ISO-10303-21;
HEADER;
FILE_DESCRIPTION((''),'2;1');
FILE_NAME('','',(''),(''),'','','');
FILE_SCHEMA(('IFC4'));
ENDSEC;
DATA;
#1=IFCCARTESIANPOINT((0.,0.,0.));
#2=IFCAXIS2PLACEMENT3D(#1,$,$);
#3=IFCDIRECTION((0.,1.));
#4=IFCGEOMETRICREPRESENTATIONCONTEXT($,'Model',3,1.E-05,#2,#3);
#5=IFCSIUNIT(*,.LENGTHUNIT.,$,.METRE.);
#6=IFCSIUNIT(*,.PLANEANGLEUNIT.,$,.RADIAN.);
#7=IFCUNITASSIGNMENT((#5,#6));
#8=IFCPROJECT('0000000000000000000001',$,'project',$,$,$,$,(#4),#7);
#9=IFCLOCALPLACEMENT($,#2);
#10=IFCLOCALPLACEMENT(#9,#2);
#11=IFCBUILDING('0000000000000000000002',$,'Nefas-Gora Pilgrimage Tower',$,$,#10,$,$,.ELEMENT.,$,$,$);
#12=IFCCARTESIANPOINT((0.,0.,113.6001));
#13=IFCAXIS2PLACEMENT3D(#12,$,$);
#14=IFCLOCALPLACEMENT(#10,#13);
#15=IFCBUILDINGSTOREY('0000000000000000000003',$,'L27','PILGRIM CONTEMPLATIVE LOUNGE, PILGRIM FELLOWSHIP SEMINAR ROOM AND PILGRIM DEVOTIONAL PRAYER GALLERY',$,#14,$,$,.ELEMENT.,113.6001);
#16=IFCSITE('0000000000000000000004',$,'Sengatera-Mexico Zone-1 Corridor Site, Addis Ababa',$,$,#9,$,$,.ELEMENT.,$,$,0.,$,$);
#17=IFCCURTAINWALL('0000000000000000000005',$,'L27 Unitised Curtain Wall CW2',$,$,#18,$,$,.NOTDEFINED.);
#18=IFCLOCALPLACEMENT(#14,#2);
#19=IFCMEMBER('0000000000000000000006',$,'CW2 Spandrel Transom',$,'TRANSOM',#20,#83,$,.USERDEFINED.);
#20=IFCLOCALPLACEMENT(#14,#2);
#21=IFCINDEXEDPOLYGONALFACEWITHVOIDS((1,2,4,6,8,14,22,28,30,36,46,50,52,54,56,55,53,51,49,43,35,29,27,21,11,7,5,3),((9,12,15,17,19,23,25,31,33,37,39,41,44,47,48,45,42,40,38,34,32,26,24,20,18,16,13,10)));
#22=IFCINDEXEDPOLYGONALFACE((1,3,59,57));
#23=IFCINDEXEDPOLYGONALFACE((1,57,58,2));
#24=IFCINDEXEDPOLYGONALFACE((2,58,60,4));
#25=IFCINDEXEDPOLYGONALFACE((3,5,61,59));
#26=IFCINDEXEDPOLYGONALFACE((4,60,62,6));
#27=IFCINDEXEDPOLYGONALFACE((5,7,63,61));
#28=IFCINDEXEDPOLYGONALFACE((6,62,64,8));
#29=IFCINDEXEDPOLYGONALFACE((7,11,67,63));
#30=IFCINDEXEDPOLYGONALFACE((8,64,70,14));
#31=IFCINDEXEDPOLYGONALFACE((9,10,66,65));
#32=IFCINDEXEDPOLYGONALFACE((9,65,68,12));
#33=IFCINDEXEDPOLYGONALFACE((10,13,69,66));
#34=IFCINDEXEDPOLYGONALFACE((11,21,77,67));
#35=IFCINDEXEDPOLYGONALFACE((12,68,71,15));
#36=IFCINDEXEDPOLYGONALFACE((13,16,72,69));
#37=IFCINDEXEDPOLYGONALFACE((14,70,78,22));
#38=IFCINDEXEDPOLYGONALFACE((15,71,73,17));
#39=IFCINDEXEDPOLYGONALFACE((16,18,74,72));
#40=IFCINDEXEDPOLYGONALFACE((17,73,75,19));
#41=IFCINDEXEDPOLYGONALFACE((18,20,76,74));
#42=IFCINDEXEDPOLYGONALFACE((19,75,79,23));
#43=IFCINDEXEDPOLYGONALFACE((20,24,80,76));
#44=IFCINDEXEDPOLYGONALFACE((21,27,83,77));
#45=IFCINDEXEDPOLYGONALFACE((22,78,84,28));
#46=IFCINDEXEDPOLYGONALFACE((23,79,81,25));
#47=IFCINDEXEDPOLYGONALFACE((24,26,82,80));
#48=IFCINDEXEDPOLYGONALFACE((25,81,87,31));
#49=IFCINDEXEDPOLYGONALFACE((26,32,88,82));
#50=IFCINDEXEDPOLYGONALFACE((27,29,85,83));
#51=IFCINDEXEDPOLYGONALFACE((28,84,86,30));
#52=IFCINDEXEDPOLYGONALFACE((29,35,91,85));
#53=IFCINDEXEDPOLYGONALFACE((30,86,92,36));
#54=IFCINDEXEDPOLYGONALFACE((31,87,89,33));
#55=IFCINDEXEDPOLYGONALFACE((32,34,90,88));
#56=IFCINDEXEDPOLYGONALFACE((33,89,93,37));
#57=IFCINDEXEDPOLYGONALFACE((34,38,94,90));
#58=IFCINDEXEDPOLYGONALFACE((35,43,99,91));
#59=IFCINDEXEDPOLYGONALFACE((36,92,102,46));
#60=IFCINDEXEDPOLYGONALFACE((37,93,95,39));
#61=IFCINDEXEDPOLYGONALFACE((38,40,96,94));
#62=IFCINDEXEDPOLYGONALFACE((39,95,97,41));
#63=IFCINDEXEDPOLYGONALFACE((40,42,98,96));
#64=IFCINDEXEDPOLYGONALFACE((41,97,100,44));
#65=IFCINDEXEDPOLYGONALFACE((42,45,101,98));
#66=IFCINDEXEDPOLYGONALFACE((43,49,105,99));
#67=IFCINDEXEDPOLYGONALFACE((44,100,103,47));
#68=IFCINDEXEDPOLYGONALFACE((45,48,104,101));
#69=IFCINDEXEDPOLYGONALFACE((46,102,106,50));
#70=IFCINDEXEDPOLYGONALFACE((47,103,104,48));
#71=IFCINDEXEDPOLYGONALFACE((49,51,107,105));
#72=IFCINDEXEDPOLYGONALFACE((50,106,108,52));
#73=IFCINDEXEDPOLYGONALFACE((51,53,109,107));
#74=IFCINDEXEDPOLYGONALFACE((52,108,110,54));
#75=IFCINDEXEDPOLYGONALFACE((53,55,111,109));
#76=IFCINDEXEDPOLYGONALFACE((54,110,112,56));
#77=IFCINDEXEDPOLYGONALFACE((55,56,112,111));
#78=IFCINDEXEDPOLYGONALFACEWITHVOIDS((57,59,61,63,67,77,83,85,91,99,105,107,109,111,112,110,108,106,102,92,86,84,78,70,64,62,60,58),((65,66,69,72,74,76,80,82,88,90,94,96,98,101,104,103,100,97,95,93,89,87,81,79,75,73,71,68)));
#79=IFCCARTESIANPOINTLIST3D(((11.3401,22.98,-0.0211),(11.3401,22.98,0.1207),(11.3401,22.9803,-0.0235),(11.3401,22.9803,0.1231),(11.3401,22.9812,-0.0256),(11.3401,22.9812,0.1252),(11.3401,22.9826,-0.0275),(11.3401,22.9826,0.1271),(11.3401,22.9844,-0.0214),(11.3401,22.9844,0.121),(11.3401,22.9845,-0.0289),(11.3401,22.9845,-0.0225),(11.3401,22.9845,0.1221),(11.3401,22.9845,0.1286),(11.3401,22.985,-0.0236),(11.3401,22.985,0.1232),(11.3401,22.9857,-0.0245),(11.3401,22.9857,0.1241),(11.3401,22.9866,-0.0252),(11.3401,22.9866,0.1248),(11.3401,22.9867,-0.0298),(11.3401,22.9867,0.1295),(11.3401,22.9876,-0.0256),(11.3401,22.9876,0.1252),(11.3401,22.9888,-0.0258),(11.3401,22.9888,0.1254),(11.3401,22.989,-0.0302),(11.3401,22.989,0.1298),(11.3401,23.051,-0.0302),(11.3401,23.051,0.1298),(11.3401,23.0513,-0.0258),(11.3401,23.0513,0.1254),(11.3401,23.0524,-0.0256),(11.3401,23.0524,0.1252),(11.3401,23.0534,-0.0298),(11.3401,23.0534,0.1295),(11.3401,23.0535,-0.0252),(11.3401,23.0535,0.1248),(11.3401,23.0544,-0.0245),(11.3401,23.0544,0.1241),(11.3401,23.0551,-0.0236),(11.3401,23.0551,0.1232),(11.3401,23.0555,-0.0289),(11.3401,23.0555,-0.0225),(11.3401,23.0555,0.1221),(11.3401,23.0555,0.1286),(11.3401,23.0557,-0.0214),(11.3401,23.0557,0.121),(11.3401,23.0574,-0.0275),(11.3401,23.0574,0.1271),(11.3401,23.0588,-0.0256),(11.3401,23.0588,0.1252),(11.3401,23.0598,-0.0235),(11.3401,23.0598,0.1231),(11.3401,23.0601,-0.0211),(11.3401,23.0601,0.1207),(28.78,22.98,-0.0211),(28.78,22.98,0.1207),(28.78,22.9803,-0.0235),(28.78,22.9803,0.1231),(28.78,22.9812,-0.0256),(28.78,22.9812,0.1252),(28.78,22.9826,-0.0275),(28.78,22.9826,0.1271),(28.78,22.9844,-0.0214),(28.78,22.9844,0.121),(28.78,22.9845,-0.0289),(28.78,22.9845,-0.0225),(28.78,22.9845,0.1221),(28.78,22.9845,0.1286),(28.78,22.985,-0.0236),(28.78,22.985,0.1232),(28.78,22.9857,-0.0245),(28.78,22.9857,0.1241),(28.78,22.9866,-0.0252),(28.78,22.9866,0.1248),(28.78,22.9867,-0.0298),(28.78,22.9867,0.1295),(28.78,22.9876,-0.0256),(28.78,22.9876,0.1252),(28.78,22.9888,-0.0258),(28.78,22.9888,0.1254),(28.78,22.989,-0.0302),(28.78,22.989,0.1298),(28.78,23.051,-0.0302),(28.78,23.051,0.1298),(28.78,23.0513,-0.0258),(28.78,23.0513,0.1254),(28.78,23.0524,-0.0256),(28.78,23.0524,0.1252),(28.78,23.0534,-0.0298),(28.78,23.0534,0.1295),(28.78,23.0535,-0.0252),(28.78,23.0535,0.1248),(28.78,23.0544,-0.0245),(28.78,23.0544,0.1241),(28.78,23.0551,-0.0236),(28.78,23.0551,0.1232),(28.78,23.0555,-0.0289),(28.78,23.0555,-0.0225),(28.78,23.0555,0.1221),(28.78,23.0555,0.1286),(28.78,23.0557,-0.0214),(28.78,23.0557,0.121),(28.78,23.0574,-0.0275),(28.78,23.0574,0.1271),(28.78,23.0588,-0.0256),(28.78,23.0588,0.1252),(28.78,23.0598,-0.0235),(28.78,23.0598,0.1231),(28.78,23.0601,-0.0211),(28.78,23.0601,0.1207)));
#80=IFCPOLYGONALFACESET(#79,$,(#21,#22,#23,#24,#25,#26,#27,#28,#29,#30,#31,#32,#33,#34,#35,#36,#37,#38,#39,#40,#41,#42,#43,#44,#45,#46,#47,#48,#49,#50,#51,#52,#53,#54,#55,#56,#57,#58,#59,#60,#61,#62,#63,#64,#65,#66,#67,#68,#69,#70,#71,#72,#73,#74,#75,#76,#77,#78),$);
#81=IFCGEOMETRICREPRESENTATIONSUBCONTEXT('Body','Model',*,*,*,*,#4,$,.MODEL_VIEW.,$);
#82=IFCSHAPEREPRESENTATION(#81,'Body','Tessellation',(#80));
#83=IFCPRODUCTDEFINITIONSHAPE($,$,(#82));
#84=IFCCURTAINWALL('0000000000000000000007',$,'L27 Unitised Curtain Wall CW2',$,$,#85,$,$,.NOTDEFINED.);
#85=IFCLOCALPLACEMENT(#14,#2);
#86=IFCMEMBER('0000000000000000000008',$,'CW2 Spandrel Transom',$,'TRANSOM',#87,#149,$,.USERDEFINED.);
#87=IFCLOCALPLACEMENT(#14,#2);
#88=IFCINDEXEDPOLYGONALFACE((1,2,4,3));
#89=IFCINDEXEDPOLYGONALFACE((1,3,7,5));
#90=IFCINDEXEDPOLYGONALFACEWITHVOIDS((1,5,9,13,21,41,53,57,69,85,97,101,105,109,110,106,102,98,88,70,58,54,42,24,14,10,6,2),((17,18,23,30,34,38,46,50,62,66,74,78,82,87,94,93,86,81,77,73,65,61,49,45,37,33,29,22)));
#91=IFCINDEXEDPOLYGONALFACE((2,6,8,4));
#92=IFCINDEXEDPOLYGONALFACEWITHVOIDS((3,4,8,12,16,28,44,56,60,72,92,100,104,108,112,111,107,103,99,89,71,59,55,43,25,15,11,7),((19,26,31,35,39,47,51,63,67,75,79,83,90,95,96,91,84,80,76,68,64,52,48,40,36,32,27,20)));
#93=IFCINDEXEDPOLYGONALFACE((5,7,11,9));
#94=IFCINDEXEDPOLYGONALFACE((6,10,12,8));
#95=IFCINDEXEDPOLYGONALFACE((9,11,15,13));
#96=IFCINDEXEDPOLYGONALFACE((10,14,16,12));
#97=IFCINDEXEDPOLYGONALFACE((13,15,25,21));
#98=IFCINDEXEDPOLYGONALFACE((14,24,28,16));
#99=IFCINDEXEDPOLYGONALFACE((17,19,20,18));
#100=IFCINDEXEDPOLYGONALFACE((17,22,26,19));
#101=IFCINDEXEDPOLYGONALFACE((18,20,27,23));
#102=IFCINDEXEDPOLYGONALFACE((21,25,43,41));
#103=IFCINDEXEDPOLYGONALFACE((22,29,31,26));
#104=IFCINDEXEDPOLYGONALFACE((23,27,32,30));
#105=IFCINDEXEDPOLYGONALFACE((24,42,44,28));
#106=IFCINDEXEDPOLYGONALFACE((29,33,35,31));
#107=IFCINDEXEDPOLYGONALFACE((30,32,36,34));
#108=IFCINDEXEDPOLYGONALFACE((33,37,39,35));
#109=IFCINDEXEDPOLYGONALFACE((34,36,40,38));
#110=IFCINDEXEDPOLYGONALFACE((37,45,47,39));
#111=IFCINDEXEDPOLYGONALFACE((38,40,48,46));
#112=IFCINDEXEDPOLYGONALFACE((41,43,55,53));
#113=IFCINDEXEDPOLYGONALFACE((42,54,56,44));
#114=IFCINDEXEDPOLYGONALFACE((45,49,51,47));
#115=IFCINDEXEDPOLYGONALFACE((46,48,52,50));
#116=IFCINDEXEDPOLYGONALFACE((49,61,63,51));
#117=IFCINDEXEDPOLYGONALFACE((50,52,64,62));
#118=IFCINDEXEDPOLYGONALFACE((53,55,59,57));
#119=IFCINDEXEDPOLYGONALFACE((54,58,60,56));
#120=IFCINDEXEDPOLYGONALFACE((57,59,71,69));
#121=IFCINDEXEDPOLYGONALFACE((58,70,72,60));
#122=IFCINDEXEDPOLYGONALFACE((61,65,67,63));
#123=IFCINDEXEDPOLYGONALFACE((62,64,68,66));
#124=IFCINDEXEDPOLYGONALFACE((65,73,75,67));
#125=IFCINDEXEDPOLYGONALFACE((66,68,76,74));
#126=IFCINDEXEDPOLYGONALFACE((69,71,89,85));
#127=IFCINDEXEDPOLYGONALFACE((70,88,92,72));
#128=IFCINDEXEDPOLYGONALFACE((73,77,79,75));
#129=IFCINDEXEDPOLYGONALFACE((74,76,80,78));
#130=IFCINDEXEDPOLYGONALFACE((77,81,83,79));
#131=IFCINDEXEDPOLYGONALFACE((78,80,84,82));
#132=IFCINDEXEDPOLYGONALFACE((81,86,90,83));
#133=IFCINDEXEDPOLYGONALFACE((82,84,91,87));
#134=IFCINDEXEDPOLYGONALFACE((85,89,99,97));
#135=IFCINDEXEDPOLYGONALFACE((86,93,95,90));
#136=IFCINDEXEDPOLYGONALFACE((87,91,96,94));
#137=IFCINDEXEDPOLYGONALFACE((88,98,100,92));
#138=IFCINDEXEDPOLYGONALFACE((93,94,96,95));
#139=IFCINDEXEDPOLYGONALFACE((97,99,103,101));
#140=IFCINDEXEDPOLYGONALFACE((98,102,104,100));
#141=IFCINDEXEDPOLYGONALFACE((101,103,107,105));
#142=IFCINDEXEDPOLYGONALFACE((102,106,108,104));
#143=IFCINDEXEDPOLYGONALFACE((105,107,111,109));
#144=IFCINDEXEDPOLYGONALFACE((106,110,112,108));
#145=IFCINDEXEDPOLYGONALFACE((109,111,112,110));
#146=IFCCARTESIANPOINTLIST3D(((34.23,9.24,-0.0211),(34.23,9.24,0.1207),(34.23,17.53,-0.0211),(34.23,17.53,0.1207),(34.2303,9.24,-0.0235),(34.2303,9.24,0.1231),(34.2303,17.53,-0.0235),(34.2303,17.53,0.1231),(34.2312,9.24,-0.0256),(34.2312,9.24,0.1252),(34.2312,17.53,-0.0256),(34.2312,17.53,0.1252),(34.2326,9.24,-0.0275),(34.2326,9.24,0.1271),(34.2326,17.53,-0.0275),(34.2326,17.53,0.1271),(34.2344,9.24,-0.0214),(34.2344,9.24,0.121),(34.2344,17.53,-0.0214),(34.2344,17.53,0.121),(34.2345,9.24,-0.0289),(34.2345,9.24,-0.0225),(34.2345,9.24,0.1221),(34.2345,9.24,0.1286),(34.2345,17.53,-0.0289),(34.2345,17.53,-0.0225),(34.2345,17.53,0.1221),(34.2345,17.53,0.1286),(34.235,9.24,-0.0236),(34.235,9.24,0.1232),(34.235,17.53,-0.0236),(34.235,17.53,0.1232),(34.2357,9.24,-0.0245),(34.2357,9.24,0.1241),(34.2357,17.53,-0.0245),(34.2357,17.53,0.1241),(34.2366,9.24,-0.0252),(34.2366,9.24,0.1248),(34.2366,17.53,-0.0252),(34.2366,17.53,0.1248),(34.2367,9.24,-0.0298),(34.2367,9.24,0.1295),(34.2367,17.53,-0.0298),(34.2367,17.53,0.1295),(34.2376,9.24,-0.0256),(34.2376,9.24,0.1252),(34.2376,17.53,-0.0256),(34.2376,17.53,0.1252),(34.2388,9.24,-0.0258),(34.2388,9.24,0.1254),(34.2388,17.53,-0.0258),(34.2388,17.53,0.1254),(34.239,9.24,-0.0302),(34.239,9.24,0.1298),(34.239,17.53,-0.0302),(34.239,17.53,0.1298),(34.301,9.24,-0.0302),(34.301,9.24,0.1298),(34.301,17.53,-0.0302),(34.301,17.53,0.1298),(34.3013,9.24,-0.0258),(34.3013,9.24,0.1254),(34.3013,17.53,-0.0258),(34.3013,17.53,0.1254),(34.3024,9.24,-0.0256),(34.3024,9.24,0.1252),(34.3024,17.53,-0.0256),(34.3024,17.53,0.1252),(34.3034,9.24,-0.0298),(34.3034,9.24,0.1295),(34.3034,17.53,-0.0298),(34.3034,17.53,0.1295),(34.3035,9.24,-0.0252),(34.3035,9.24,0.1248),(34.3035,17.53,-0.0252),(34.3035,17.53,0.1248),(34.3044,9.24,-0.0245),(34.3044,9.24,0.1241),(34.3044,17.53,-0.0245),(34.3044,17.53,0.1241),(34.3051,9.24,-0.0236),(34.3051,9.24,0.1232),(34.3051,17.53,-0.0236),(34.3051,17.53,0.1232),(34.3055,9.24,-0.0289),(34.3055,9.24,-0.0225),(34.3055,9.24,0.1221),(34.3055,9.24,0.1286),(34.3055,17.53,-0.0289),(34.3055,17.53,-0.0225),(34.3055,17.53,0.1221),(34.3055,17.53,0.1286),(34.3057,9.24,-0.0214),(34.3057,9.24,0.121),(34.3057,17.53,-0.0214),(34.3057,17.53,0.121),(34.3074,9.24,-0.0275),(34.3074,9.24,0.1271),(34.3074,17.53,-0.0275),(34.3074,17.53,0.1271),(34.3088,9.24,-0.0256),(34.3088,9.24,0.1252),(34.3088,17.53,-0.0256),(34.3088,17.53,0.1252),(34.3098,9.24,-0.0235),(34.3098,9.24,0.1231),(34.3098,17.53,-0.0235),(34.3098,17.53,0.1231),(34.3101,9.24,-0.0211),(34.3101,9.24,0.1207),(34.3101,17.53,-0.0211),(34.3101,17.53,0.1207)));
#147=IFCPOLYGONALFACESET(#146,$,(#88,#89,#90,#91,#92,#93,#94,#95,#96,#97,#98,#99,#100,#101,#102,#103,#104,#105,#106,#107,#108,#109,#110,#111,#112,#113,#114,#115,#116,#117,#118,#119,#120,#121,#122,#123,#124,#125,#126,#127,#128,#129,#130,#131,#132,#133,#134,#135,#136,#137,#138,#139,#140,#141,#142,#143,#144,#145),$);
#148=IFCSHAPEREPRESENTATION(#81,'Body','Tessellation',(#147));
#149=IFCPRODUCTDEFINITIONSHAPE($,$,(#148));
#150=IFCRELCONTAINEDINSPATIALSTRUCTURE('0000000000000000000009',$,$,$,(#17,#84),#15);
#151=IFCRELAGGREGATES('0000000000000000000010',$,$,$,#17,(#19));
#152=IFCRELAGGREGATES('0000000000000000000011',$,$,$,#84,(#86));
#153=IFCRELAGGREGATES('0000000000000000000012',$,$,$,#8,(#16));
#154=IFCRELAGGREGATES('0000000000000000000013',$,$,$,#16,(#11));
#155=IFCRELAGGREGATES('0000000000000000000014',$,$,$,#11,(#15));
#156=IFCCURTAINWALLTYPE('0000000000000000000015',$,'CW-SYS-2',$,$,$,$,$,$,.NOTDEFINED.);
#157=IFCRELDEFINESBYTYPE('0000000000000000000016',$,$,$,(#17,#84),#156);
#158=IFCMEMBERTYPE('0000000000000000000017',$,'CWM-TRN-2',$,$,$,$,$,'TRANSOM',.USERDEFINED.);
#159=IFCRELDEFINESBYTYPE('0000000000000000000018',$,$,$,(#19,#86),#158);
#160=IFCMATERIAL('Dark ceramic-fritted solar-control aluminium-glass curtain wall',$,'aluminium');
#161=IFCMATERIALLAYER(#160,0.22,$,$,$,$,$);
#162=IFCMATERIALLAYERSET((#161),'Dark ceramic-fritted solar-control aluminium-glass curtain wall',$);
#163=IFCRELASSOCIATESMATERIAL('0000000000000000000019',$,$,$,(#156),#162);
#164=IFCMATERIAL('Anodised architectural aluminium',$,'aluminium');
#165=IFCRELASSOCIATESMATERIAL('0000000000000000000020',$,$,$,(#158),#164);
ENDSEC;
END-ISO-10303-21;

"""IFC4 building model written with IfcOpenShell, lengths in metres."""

from ifc_helpers import new_model, si_unit, direction, frame, origin, origin_2d, place, context, subcontext, project, spatial, hollow_rectangle, extrude, source, transform, mapped, material, layer, layer_set, material_profile, profile_set, type_object, element, aggregate, save


model = new_model("IFC4")

# Units and contexts
model_context = context("Model", 3, precision=1e-05, world=origin(), true_north=direction((0.0, 1.0)))
body_context = subcontext(model_context, "Body", "Model", "MODEL_VIEW")
ifc_project = project(units=[si_unit("LENGTHUNIT", "METRE"), si_unit("PLANEANGLEUNIT", "RADIAN")], contexts=[model_context])

# Site, building, storey
site_placement = place(None, origin())
site = spatial("IfcSite", under=ifc_project, at=site_placement, Name="Sengatera-Mexico Zone-1 Corridor Site, Addis Ababa", CompositionType="ELEMENT", RefElevation=0.0)
building_placement = place(site_placement, origin())
building = spatial("IfcBuilding", under=site, at=building_placement, Name="Nefas-Gora Pilgrimage Tower", CompositionType="ELEMENT")
storey_placement = place(building_placement, frame((0.0, 0.0, 113.6001)))
storey = spatial("IfcBuildingStorey", under=building, at=storey_placement, Name="L27", Description="PILGRIM CONTEMPLATIVE LOUNGE, PILGRIM FELLOWSHIP SEMINAR ROOM AND PILGRIM DEVOTIONAL PRAYER GALLERY", CompositionType="ELEMENT", Elevation=113.6001)

# Curtain wall, member
ifc_material_1 = material(Name="Dark ceramic-fritted solar-control aluminium-glass curtain wall", Category="aluminium")
ifc_layer_1 = layer(ifc_material_1, 0.22)
ifc_layer_set_1 = layer_set([ifc_layer_1], Name="Dark ceramic-fritted solar-control aluminium-glass curtain wall")
curtain_wall_type = type_object("IfcCurtainWallType", Name="CW-SYS-2", PredefinedType="NOTDEFINED", material=ifc_layer_set_1)
curtain_wall_1_placement = place(storey_placement, origin())
curtain_wall_1 = element("IfcCurtainWall", 1, at=curtain_wall_1_placement, inside=storey, type_object=curtain_wall_type, Name="L27 Unitised Curtain Wall CW2", PredefinedType="NOTDEFINED")
ifc_material_2 = material(Name="Anodised architectural aluminium", Category="aluminium")
ifc_material_profile_1 = material_profile(ifc_material_2, hollow_rectangle(XDim=0.0801, YDim=0.1599, WallThickness=0.0044, InnerFilletRadius=0.0044, OuterFilletRadius=0.009, at=origin_2d()), Name="ALU TRANSOM 80x160")
ifc_profile_set_1 = profile_set([ifc_material_profile_1], Name="Anodised architectural aluminium")
member_type_1 = type_object("IfcMemberType", Name="CWM-TRN-2", ElementType="TRANSOM", PredefinedType="USERDEFINED", material=ifc_profile_set_1)
shared_shape_1 = source(origin(), body_context, "Body", "SweptSolid", [
    extrude(hollow_rectangle(XDim=0.0801, YDim=0.1599, WallThickness=0.0044, InnerFilletRadius=0.0044, OuterFilletRadius=0.009, at=origin_2d()), origin(), (0.0, 0.0, 1.0), 17.4399),
])
member_1_placement = place(storey_placement, frame((28.78, 23.02, 0.0498), z_axis=(-1.0, 0.0, 0.0), x_axis=(0.0, -1.0, 0.0)))
member_1 = element("IfcMember", 2, at=member_1_placement, type_object=member_type_1, Name="CW2 Spandrel Transom", ObjectType="TRANSOM", PredefinedType="USERDEFINED", context=body_context, shape_type="MappedRepresentation", body=[
    mapped(shared_shape_1, transform((0.0, 0.0, 0.0), x_axis=(1.0, 0.0, 0.0), y_axis=(0.0, 1.0, 0.0), z_axis=(0.0, 0.0, 1.0), scale=1.0)),
])

# Curtain wall, member
curtain_wall_2_placement = place(storey_placement, origin())
curtain_wall_2 = element("IfcCurtainWall", 3, at=curtain_wall_2_placement, inside=storey, type_object=curtain_wall_type, Name="L27 Unitised Curtain Wall CW2", PredefinedType="NOTDEFINED")
shared_shape_2 = source(origin(), body_context, "Body", "SweptSolid", [
    extrude(hollow_rectangle(XDim=0.0801, YDim=0.1599, WallThickness=0.0044, InnerFilletRadius=0.0044, OuterFilletRadius=0.009, at=origin_2d()), origin(), (0.0, 0.0, 1.0), 8.29),
])
member_2_placement = place(storey_placement, frame((34.27, 9.24, 0.0498), z_axis=(0.0, 1.0, 0.0), x_axis=(-1.0, 0.0, 0.0)))
member_2 = element("IfcMember", 4, at=member_2_placement, type_object=member_type_1, Name="CW2 Spandrel Transom", ObjectType="TRANSOM", PredefinedType="USERDEFINED", context=body_context, shape_type="MappedRepresentation", body=[
    mapped(shared_shape_2, transform((0.0, 0.0, 0.0), x_axis=(1.0, 0.0, 0.0), y_axis=(0.0, 1.0, 0.0), z_axis=(0.0, 0.0, 1.0), scale=1.0)),
])

aggregate(curtain_wall_1, [member_1])
aggregate(curtain_wall_2, [member_2])

save(model, "model.ifc")
